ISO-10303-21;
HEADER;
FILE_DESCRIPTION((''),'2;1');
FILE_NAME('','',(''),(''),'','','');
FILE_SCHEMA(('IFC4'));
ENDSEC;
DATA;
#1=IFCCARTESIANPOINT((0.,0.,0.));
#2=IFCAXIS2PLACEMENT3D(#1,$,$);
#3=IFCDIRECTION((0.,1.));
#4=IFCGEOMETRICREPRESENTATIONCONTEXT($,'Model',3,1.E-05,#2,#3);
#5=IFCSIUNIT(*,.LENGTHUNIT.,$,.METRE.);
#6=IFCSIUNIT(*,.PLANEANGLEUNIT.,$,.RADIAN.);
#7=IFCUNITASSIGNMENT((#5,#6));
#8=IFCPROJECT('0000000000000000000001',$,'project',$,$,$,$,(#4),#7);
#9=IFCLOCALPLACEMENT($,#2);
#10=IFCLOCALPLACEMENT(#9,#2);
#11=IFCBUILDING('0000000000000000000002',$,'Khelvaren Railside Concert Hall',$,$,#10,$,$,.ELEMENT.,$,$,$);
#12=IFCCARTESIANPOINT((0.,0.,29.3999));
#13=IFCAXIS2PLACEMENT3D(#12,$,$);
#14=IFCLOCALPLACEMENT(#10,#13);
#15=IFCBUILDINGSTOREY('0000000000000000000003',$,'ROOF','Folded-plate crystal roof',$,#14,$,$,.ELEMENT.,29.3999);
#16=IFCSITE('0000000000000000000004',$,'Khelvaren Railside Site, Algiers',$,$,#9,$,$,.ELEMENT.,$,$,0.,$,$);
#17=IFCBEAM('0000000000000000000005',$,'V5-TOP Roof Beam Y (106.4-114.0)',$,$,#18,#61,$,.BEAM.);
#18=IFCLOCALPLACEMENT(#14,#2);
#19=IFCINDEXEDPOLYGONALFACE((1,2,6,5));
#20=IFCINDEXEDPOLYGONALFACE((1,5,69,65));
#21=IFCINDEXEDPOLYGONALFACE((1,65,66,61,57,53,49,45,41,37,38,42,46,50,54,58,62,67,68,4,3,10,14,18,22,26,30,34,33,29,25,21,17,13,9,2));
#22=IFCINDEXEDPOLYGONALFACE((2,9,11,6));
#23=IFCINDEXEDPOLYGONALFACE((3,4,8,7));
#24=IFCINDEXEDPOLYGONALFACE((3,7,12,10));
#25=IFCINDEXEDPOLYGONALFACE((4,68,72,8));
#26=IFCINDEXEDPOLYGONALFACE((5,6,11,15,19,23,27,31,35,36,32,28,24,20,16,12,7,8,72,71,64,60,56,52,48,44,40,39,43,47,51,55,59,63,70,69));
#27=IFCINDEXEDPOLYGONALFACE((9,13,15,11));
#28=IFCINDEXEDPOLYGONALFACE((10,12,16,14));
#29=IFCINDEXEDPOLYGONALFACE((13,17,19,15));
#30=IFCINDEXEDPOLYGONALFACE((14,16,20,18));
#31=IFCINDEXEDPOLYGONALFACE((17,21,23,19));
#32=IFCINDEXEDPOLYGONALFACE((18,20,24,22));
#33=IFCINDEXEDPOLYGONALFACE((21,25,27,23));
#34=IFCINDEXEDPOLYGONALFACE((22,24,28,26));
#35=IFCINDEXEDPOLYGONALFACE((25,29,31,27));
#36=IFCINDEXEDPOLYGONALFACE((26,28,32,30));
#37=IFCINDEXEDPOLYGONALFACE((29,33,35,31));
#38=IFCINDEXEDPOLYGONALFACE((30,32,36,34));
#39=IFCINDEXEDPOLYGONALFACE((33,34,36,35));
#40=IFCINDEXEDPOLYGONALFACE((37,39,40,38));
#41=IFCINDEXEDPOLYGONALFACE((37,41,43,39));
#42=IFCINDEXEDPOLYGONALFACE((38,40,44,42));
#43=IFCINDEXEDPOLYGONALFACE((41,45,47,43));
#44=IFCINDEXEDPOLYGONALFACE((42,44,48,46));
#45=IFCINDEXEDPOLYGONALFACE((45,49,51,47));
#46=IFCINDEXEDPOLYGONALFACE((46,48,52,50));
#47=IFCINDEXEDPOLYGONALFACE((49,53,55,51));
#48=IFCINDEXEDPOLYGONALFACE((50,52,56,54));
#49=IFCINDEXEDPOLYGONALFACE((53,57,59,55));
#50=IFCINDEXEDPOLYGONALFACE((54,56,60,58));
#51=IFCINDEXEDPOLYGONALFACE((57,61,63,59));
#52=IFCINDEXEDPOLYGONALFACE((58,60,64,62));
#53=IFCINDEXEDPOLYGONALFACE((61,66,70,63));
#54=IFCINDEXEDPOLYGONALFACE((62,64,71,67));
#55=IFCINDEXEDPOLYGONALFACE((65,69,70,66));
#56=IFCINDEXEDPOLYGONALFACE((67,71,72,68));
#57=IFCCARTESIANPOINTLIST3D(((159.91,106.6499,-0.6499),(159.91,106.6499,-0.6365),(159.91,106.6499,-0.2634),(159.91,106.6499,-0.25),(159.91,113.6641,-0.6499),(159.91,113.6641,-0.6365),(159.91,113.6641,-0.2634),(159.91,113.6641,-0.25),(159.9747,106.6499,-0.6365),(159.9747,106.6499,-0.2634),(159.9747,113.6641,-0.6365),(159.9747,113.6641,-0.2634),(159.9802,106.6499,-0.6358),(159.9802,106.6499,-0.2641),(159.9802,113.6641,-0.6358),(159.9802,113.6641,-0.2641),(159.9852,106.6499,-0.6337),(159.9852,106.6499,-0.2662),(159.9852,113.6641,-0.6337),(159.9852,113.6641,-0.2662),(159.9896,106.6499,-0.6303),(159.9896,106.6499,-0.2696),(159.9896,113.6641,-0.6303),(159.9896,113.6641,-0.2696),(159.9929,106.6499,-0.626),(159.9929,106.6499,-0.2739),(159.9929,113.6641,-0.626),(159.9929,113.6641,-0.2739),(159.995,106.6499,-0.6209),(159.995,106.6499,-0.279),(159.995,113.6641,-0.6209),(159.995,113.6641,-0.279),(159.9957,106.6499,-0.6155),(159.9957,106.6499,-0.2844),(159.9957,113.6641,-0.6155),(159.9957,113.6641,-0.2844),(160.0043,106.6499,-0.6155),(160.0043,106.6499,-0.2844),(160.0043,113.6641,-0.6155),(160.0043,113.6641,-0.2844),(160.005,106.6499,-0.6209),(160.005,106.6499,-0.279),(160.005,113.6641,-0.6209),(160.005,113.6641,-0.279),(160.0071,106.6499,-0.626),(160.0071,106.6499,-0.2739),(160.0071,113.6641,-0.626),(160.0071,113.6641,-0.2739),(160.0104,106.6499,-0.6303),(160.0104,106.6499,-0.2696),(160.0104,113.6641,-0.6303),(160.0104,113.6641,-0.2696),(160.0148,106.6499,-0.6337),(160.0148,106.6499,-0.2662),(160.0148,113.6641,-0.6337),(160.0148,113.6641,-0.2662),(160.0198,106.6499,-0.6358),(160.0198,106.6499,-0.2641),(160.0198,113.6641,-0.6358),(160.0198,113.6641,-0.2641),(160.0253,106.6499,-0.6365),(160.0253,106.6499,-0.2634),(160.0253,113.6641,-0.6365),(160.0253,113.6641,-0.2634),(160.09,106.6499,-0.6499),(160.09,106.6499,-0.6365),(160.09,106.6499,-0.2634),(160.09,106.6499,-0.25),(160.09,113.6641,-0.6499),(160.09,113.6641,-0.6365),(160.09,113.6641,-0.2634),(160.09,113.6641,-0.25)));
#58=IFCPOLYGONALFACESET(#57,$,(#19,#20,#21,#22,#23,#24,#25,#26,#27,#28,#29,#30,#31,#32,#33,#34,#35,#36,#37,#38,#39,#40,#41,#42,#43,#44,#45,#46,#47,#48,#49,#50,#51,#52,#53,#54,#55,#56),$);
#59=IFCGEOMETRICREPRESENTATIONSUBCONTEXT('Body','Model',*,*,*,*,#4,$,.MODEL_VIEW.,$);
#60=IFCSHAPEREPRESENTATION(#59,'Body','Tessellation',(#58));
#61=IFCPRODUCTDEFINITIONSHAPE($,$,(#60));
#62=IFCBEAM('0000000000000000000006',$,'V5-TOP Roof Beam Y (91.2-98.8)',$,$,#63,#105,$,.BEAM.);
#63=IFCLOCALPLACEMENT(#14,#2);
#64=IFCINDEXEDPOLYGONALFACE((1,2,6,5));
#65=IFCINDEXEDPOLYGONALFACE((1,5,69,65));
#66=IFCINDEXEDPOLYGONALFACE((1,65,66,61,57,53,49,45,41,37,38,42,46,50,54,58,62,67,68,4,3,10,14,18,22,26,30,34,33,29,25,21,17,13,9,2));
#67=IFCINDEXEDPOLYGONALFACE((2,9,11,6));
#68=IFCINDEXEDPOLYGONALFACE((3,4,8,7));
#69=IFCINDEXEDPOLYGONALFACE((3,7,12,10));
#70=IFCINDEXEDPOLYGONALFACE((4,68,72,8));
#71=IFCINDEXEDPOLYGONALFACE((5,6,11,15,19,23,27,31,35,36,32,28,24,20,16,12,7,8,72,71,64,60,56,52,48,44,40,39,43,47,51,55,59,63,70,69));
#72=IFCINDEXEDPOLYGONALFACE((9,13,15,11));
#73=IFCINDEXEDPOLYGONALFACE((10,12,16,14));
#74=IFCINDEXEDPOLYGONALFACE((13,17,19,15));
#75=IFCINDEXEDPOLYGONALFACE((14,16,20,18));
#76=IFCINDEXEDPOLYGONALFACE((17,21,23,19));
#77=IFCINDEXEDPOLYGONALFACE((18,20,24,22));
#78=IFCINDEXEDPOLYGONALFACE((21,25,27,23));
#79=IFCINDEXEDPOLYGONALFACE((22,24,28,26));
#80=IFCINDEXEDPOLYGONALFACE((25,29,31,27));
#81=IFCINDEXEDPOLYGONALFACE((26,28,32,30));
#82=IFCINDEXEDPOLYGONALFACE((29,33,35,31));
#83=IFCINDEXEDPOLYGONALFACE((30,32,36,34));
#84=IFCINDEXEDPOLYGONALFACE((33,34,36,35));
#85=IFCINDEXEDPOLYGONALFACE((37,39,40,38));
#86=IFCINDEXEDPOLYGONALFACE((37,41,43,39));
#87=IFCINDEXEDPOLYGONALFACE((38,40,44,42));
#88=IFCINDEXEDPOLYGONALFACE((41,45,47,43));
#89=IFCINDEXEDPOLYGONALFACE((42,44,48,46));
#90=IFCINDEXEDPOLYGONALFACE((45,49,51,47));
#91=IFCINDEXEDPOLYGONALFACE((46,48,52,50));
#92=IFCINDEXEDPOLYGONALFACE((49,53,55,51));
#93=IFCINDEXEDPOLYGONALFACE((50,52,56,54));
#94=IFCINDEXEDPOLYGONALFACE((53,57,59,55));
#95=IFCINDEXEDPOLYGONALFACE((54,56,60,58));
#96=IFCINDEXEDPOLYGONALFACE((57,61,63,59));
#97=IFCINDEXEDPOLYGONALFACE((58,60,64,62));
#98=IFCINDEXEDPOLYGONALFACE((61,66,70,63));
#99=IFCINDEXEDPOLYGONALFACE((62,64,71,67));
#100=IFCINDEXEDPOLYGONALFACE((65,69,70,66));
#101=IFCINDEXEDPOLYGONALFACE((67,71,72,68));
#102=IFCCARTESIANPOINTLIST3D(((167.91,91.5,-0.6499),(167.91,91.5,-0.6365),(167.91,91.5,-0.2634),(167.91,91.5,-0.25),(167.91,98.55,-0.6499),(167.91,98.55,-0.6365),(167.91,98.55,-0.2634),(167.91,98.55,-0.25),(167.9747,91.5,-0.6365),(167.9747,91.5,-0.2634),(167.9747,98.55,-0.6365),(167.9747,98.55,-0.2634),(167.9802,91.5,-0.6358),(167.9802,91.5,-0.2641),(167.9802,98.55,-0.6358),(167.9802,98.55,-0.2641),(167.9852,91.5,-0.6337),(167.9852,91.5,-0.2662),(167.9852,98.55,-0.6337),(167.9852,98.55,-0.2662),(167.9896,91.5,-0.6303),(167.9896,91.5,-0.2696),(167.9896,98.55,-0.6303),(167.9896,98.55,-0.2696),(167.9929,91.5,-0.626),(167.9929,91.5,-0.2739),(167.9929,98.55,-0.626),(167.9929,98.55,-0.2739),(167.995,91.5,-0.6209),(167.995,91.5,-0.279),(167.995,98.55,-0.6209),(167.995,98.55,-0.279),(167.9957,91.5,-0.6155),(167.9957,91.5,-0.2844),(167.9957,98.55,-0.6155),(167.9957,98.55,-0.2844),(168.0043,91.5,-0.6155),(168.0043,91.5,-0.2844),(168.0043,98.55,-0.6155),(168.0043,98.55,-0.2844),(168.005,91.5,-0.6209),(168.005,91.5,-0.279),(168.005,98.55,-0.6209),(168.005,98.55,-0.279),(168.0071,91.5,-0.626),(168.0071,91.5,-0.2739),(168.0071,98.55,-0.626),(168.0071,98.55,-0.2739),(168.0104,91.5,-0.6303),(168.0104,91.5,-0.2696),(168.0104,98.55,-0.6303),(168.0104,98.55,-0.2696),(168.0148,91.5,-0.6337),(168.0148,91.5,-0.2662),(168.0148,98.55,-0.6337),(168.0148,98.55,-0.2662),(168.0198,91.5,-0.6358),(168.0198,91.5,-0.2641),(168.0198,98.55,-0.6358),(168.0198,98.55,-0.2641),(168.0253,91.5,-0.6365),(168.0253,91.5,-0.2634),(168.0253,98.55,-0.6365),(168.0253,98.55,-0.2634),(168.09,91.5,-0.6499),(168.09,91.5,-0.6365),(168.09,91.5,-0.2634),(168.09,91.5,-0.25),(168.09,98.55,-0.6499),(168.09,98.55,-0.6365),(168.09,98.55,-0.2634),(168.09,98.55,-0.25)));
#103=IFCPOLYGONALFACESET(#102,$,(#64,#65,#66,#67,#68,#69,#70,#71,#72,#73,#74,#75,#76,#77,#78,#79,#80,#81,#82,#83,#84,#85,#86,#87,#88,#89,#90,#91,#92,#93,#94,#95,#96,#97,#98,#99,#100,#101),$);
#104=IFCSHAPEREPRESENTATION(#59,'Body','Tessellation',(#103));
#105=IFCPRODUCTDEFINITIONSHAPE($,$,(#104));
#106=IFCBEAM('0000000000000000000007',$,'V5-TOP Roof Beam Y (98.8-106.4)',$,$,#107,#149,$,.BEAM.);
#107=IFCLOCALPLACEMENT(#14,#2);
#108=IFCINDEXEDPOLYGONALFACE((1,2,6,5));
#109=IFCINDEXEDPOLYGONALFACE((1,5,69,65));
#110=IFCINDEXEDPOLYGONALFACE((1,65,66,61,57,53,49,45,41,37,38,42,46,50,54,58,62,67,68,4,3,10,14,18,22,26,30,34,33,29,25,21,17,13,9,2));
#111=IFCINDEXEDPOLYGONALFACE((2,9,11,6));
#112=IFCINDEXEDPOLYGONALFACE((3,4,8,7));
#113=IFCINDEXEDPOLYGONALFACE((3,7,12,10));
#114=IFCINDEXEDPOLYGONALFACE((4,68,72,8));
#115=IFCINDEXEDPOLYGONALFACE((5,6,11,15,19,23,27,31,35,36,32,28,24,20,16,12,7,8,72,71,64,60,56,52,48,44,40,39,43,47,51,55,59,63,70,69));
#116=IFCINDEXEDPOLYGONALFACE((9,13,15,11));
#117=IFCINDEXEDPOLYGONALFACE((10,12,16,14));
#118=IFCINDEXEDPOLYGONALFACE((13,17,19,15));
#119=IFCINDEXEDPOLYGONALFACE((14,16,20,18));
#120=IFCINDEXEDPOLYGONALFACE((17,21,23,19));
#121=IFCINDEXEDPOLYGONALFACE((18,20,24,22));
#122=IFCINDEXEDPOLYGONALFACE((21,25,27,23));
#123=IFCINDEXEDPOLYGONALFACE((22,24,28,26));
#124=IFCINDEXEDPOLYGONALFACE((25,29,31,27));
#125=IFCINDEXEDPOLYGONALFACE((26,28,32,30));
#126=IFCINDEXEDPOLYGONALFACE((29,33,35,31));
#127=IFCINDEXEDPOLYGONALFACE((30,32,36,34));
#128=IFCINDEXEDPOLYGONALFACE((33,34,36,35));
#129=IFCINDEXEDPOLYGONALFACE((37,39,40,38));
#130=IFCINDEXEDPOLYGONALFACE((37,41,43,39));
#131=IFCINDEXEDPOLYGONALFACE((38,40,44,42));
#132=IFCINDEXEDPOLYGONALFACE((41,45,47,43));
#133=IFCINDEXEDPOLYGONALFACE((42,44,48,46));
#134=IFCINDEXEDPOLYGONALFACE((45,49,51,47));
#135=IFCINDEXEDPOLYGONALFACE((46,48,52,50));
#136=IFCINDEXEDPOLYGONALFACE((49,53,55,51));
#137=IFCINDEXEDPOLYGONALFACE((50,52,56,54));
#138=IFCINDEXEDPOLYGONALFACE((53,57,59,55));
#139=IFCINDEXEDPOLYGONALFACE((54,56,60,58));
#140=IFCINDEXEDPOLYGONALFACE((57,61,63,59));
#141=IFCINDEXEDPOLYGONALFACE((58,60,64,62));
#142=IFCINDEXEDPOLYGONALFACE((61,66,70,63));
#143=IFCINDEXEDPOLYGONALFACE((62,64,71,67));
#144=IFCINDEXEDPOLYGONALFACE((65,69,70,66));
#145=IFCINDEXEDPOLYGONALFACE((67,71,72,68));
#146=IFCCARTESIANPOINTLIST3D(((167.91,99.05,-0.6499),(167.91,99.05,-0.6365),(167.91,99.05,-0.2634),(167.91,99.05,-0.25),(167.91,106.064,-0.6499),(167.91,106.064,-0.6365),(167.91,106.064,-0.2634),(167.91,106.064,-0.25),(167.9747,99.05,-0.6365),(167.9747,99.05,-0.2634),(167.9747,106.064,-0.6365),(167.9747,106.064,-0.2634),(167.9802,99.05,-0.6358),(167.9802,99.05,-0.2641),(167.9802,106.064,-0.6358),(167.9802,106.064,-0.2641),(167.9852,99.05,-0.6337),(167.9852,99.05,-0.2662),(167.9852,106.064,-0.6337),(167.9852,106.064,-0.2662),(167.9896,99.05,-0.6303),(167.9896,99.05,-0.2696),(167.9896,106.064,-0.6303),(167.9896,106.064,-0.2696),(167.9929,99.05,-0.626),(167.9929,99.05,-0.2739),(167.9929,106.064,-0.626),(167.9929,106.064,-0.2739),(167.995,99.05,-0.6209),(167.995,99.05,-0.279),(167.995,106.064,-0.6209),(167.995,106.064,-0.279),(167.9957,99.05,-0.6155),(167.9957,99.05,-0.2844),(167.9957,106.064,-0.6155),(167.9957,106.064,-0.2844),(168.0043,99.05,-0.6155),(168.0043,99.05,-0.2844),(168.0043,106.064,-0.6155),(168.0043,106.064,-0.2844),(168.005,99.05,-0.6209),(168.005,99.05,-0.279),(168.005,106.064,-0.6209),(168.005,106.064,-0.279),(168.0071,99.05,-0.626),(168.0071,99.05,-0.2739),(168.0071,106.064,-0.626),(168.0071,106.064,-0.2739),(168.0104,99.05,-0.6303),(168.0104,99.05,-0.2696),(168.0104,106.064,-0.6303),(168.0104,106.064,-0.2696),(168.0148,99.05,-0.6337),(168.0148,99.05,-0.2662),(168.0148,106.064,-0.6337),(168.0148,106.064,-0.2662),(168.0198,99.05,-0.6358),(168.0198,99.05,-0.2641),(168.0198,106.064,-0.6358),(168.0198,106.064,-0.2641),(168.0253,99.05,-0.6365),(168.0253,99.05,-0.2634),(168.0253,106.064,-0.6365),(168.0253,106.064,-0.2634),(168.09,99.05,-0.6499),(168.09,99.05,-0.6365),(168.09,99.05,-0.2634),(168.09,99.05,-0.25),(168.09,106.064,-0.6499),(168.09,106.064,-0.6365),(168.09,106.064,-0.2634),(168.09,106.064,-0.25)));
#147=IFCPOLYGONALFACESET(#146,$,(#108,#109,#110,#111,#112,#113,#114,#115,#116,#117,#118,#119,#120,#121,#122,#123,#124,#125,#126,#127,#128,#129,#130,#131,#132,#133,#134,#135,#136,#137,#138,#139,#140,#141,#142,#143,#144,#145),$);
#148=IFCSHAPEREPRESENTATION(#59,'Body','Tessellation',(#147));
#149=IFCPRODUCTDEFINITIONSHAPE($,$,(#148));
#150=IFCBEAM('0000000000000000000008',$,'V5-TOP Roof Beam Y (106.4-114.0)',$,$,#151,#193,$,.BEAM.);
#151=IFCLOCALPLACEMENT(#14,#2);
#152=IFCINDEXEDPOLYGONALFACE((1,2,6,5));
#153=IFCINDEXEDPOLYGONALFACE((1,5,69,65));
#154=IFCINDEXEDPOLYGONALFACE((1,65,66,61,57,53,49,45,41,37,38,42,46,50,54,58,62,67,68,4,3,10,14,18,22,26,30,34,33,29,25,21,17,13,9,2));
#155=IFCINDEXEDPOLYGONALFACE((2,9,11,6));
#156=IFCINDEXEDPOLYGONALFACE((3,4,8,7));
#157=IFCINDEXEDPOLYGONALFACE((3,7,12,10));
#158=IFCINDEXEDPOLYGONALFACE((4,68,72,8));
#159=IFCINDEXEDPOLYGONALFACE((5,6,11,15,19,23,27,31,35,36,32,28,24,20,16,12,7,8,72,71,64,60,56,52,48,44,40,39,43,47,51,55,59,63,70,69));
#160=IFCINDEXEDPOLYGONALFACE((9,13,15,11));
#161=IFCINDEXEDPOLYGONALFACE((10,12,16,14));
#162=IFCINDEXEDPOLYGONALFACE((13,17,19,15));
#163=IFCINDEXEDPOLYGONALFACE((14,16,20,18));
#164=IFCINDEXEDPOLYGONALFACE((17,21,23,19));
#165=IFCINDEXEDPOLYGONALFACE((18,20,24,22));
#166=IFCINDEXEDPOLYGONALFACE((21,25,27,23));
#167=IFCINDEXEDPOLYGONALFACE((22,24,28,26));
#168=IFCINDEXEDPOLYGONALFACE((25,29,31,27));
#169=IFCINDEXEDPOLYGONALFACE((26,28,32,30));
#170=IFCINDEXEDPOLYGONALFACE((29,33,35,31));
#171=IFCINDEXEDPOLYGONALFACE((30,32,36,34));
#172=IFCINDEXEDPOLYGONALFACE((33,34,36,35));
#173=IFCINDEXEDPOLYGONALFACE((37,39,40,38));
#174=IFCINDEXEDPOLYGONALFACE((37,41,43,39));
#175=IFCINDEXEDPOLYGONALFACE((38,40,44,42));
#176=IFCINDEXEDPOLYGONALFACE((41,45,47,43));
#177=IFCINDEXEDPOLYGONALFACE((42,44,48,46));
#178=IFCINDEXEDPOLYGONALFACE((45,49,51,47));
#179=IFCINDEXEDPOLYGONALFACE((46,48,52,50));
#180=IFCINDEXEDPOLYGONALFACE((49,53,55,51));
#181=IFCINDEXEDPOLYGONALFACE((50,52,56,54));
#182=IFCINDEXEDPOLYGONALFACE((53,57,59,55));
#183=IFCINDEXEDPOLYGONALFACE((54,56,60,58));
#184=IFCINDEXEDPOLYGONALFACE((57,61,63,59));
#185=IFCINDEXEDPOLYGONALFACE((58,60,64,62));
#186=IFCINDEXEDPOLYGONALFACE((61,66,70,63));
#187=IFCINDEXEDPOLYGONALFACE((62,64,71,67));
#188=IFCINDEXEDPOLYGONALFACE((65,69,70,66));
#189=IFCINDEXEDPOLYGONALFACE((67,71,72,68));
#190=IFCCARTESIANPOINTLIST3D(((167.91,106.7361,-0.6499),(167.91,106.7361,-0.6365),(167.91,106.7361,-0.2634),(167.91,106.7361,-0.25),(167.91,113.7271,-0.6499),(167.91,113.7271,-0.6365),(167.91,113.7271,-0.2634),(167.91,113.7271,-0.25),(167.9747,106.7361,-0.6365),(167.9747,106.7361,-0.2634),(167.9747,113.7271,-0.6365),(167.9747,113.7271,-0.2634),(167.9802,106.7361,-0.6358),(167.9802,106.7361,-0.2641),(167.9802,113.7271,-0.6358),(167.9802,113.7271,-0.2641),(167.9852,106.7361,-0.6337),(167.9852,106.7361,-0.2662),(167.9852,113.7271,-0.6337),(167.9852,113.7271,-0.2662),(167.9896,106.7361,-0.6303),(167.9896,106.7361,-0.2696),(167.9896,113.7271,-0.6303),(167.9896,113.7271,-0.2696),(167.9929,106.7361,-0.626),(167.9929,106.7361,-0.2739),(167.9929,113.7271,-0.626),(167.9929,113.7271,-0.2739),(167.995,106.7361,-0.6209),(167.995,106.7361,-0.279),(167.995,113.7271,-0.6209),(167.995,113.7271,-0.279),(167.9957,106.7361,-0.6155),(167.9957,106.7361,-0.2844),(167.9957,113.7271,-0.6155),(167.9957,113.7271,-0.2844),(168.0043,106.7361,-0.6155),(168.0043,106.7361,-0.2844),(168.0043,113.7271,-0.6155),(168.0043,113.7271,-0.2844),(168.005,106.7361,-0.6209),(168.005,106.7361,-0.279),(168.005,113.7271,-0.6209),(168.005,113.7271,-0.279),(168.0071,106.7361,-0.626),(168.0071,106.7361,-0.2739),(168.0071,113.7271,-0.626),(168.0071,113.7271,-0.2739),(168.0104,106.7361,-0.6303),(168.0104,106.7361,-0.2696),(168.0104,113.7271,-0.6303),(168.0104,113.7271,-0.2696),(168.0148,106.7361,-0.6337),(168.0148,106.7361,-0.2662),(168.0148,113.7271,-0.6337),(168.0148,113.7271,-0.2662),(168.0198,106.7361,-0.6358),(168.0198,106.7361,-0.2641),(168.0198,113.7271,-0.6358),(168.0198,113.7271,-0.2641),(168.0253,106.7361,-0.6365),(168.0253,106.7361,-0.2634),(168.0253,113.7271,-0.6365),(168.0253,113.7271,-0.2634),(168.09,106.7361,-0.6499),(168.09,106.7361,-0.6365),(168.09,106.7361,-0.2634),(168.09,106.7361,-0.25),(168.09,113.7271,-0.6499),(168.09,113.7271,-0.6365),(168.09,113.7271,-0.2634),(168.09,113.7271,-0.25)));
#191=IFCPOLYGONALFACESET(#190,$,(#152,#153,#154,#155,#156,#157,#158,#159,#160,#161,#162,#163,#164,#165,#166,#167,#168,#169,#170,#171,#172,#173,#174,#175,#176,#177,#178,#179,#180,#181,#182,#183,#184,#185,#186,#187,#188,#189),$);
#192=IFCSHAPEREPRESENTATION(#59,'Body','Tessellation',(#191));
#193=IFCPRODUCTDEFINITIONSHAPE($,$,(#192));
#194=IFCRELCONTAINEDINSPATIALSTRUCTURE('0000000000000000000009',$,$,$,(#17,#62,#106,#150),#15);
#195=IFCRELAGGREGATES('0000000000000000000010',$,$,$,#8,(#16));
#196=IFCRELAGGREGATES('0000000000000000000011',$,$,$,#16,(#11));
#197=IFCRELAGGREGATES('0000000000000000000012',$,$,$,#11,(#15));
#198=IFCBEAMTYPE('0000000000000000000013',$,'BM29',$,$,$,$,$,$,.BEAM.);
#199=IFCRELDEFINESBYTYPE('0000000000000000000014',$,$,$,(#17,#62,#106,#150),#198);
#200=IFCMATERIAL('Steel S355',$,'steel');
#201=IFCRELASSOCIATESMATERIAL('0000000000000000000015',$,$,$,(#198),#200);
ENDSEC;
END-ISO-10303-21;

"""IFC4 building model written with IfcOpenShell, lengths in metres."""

from ifc_helpers import new_model, si_unit, direction, frame, origin, origin_2d, place, context, subcontext, project, spatial, i_section, extrude, material, material_profile, profile_set, type_object, element, save


model = new_model("IFC4")

# Units and contexts
model_context = context("Model", 3, precision=1e-05, world=origin(), true_north=direction((0.0, 1.0)))
body_context = subcontext(model_context, "Body", "Model", "MODEL_VIEW")
ifc_project = project(units=[si_unit("LENGTHUNIT", "METRE"), si_unit("PLANEANGLEUNIT", "RADIAN")], contexts=[model_context])

# Site, building, storey
site_placement = place(None, origin())
site = spatial("IfcSite", under=ifc_project, at=site_placement, Name="Khelvaren Railside Site, Algiers", CompositionType="ELEMENT", RefElevation=0.0)
building_placement = place(site_placement, origin())
building = spatial("IfcBuilding", under=site, at=building_placement, Name="Khelvaren Railside Concert Hall", CompositionType="ELEMENT")
storey_placement = place(building_placement, frame((0.0, 0.0, 29.3999)))
storey = spatial("IfcBuildingStorey", under=building, at=storey_placement, Name="ROOF", Description="Folded-plate crystal roof", CompositionType="ELEMENT", Elevation=29.3999)

# Beams
ifc_material_1 = material(Name="Steel S355", Category="steel")
ifc_material_profile = material_profile(ifc_material_1, i_section(OverallWidth=0.1799, OverallDepth=0.3999, WebThickness=0.0085, FlangeThickness=0.0134, FilletRadius=0.021, at=origin_2d()), Name="IPE 400")
ifc_profile_set = profile_set([ifc_material_profile], Name="Steel S355")
beam_type = type_object("IfcBeamType", Name="BM29", PredefinedType="BEAM", material=ifc_profile_set)
beam_1_placement = place(storey_placement, frame((160.0, 106.6499, -0.45), z_axis=(0.0, 1.0, 0.0), x_axis=(-1.0, 0.0, 0.0)))
element("IfcBeam", 1, at=beam_1_placement, inside=storey, type_object=beam_type, Name="V5-TOP Roof Beam Y (106.4-114.0)", PredefinedType="BEAM", context=body_context, shape_type="SweptSolid", body=[
    extrude(i_section(OverallWidth=0.1799, OverallDepth=0.3999, WebThickness=0.0085, FlangeThickness=0.0134, FilletRadius=0.021, at=origin_2d()), origin(), (0.0, 0.0, 1.0), 7.0142),
])
beam_2_placement = place(storey_placement, frame((168.0, 91.5, -0.45), z_axis=(0.0, 1.0, 0.0), x_axis=(-1.0, 0.0, 0.0)))
element("IfcBeam", 2, at=beam_2_placement, inside=storey, type_object=beam_type, Name="V5-TOP Roof Beam Y (91.2-98.8)", PredefinedType="BEAM", context=body_context, shape_type="SweptSolid", body=[
    extrude(i_section(OverallWidth=0.1799, OverallDepth=0.3999, WebThickness=0.0085, FlangeThickness=0.0134, FilletRadius=0.021, at=origin_2d()), origin(), (0.0, 0.0, 1.0), 7.05),
])
beam_3_placement = place(storey_placement, frame((168.0, 99.05, -0.45), z_axis=(0.0, 1.0, 0.0), x_axis=(-1.0, 0.0, 0.0)))
element("IfcBeam", 3, at=beam_3_placement, inside=storey, type_object=beam_type, Name="V5-TOP Roof Beam Y (98.8-106.4)", PredefinedType="BEAM", context=body_context, shape_type="SweptSolid", body=[
    extrude(i_section(OverallWidth=0.1799, OverallDepth=0.3999, WebThickness=0.0085, FlangeThickness=0.0134, FilletRadius=0.021, at=origin_2d()), origin(), (0.0, 0.0, 1.0), 7.0139),
])
beam_4_placement = place(storey_placement, frame((168.0, 106.7361, -0.45), z_axis=(0.0, 1.0, 0.0), x_axis=(-1.0, 0.0, 0.0)))
element("IfcBeam", 4, at=beam_4_placement, inside=storey, type_object=beam_type, Name="V5-TOP Roof Beam Y (106.4-114.0)", PredefinedType="BEAM", context=body_context, shape_type="SweptSolid", body=[
    extrude(i_section(OverallWidth=0.1799, OverallDepth=0.3999, WebThickness=0.0085, FlangeThickness=0.0134, FilletRadius=0.021, at=origin_2d()), origin(), (0.0, 0.0, 1.0), 6.991),
])

save(model, "model.ifc")
